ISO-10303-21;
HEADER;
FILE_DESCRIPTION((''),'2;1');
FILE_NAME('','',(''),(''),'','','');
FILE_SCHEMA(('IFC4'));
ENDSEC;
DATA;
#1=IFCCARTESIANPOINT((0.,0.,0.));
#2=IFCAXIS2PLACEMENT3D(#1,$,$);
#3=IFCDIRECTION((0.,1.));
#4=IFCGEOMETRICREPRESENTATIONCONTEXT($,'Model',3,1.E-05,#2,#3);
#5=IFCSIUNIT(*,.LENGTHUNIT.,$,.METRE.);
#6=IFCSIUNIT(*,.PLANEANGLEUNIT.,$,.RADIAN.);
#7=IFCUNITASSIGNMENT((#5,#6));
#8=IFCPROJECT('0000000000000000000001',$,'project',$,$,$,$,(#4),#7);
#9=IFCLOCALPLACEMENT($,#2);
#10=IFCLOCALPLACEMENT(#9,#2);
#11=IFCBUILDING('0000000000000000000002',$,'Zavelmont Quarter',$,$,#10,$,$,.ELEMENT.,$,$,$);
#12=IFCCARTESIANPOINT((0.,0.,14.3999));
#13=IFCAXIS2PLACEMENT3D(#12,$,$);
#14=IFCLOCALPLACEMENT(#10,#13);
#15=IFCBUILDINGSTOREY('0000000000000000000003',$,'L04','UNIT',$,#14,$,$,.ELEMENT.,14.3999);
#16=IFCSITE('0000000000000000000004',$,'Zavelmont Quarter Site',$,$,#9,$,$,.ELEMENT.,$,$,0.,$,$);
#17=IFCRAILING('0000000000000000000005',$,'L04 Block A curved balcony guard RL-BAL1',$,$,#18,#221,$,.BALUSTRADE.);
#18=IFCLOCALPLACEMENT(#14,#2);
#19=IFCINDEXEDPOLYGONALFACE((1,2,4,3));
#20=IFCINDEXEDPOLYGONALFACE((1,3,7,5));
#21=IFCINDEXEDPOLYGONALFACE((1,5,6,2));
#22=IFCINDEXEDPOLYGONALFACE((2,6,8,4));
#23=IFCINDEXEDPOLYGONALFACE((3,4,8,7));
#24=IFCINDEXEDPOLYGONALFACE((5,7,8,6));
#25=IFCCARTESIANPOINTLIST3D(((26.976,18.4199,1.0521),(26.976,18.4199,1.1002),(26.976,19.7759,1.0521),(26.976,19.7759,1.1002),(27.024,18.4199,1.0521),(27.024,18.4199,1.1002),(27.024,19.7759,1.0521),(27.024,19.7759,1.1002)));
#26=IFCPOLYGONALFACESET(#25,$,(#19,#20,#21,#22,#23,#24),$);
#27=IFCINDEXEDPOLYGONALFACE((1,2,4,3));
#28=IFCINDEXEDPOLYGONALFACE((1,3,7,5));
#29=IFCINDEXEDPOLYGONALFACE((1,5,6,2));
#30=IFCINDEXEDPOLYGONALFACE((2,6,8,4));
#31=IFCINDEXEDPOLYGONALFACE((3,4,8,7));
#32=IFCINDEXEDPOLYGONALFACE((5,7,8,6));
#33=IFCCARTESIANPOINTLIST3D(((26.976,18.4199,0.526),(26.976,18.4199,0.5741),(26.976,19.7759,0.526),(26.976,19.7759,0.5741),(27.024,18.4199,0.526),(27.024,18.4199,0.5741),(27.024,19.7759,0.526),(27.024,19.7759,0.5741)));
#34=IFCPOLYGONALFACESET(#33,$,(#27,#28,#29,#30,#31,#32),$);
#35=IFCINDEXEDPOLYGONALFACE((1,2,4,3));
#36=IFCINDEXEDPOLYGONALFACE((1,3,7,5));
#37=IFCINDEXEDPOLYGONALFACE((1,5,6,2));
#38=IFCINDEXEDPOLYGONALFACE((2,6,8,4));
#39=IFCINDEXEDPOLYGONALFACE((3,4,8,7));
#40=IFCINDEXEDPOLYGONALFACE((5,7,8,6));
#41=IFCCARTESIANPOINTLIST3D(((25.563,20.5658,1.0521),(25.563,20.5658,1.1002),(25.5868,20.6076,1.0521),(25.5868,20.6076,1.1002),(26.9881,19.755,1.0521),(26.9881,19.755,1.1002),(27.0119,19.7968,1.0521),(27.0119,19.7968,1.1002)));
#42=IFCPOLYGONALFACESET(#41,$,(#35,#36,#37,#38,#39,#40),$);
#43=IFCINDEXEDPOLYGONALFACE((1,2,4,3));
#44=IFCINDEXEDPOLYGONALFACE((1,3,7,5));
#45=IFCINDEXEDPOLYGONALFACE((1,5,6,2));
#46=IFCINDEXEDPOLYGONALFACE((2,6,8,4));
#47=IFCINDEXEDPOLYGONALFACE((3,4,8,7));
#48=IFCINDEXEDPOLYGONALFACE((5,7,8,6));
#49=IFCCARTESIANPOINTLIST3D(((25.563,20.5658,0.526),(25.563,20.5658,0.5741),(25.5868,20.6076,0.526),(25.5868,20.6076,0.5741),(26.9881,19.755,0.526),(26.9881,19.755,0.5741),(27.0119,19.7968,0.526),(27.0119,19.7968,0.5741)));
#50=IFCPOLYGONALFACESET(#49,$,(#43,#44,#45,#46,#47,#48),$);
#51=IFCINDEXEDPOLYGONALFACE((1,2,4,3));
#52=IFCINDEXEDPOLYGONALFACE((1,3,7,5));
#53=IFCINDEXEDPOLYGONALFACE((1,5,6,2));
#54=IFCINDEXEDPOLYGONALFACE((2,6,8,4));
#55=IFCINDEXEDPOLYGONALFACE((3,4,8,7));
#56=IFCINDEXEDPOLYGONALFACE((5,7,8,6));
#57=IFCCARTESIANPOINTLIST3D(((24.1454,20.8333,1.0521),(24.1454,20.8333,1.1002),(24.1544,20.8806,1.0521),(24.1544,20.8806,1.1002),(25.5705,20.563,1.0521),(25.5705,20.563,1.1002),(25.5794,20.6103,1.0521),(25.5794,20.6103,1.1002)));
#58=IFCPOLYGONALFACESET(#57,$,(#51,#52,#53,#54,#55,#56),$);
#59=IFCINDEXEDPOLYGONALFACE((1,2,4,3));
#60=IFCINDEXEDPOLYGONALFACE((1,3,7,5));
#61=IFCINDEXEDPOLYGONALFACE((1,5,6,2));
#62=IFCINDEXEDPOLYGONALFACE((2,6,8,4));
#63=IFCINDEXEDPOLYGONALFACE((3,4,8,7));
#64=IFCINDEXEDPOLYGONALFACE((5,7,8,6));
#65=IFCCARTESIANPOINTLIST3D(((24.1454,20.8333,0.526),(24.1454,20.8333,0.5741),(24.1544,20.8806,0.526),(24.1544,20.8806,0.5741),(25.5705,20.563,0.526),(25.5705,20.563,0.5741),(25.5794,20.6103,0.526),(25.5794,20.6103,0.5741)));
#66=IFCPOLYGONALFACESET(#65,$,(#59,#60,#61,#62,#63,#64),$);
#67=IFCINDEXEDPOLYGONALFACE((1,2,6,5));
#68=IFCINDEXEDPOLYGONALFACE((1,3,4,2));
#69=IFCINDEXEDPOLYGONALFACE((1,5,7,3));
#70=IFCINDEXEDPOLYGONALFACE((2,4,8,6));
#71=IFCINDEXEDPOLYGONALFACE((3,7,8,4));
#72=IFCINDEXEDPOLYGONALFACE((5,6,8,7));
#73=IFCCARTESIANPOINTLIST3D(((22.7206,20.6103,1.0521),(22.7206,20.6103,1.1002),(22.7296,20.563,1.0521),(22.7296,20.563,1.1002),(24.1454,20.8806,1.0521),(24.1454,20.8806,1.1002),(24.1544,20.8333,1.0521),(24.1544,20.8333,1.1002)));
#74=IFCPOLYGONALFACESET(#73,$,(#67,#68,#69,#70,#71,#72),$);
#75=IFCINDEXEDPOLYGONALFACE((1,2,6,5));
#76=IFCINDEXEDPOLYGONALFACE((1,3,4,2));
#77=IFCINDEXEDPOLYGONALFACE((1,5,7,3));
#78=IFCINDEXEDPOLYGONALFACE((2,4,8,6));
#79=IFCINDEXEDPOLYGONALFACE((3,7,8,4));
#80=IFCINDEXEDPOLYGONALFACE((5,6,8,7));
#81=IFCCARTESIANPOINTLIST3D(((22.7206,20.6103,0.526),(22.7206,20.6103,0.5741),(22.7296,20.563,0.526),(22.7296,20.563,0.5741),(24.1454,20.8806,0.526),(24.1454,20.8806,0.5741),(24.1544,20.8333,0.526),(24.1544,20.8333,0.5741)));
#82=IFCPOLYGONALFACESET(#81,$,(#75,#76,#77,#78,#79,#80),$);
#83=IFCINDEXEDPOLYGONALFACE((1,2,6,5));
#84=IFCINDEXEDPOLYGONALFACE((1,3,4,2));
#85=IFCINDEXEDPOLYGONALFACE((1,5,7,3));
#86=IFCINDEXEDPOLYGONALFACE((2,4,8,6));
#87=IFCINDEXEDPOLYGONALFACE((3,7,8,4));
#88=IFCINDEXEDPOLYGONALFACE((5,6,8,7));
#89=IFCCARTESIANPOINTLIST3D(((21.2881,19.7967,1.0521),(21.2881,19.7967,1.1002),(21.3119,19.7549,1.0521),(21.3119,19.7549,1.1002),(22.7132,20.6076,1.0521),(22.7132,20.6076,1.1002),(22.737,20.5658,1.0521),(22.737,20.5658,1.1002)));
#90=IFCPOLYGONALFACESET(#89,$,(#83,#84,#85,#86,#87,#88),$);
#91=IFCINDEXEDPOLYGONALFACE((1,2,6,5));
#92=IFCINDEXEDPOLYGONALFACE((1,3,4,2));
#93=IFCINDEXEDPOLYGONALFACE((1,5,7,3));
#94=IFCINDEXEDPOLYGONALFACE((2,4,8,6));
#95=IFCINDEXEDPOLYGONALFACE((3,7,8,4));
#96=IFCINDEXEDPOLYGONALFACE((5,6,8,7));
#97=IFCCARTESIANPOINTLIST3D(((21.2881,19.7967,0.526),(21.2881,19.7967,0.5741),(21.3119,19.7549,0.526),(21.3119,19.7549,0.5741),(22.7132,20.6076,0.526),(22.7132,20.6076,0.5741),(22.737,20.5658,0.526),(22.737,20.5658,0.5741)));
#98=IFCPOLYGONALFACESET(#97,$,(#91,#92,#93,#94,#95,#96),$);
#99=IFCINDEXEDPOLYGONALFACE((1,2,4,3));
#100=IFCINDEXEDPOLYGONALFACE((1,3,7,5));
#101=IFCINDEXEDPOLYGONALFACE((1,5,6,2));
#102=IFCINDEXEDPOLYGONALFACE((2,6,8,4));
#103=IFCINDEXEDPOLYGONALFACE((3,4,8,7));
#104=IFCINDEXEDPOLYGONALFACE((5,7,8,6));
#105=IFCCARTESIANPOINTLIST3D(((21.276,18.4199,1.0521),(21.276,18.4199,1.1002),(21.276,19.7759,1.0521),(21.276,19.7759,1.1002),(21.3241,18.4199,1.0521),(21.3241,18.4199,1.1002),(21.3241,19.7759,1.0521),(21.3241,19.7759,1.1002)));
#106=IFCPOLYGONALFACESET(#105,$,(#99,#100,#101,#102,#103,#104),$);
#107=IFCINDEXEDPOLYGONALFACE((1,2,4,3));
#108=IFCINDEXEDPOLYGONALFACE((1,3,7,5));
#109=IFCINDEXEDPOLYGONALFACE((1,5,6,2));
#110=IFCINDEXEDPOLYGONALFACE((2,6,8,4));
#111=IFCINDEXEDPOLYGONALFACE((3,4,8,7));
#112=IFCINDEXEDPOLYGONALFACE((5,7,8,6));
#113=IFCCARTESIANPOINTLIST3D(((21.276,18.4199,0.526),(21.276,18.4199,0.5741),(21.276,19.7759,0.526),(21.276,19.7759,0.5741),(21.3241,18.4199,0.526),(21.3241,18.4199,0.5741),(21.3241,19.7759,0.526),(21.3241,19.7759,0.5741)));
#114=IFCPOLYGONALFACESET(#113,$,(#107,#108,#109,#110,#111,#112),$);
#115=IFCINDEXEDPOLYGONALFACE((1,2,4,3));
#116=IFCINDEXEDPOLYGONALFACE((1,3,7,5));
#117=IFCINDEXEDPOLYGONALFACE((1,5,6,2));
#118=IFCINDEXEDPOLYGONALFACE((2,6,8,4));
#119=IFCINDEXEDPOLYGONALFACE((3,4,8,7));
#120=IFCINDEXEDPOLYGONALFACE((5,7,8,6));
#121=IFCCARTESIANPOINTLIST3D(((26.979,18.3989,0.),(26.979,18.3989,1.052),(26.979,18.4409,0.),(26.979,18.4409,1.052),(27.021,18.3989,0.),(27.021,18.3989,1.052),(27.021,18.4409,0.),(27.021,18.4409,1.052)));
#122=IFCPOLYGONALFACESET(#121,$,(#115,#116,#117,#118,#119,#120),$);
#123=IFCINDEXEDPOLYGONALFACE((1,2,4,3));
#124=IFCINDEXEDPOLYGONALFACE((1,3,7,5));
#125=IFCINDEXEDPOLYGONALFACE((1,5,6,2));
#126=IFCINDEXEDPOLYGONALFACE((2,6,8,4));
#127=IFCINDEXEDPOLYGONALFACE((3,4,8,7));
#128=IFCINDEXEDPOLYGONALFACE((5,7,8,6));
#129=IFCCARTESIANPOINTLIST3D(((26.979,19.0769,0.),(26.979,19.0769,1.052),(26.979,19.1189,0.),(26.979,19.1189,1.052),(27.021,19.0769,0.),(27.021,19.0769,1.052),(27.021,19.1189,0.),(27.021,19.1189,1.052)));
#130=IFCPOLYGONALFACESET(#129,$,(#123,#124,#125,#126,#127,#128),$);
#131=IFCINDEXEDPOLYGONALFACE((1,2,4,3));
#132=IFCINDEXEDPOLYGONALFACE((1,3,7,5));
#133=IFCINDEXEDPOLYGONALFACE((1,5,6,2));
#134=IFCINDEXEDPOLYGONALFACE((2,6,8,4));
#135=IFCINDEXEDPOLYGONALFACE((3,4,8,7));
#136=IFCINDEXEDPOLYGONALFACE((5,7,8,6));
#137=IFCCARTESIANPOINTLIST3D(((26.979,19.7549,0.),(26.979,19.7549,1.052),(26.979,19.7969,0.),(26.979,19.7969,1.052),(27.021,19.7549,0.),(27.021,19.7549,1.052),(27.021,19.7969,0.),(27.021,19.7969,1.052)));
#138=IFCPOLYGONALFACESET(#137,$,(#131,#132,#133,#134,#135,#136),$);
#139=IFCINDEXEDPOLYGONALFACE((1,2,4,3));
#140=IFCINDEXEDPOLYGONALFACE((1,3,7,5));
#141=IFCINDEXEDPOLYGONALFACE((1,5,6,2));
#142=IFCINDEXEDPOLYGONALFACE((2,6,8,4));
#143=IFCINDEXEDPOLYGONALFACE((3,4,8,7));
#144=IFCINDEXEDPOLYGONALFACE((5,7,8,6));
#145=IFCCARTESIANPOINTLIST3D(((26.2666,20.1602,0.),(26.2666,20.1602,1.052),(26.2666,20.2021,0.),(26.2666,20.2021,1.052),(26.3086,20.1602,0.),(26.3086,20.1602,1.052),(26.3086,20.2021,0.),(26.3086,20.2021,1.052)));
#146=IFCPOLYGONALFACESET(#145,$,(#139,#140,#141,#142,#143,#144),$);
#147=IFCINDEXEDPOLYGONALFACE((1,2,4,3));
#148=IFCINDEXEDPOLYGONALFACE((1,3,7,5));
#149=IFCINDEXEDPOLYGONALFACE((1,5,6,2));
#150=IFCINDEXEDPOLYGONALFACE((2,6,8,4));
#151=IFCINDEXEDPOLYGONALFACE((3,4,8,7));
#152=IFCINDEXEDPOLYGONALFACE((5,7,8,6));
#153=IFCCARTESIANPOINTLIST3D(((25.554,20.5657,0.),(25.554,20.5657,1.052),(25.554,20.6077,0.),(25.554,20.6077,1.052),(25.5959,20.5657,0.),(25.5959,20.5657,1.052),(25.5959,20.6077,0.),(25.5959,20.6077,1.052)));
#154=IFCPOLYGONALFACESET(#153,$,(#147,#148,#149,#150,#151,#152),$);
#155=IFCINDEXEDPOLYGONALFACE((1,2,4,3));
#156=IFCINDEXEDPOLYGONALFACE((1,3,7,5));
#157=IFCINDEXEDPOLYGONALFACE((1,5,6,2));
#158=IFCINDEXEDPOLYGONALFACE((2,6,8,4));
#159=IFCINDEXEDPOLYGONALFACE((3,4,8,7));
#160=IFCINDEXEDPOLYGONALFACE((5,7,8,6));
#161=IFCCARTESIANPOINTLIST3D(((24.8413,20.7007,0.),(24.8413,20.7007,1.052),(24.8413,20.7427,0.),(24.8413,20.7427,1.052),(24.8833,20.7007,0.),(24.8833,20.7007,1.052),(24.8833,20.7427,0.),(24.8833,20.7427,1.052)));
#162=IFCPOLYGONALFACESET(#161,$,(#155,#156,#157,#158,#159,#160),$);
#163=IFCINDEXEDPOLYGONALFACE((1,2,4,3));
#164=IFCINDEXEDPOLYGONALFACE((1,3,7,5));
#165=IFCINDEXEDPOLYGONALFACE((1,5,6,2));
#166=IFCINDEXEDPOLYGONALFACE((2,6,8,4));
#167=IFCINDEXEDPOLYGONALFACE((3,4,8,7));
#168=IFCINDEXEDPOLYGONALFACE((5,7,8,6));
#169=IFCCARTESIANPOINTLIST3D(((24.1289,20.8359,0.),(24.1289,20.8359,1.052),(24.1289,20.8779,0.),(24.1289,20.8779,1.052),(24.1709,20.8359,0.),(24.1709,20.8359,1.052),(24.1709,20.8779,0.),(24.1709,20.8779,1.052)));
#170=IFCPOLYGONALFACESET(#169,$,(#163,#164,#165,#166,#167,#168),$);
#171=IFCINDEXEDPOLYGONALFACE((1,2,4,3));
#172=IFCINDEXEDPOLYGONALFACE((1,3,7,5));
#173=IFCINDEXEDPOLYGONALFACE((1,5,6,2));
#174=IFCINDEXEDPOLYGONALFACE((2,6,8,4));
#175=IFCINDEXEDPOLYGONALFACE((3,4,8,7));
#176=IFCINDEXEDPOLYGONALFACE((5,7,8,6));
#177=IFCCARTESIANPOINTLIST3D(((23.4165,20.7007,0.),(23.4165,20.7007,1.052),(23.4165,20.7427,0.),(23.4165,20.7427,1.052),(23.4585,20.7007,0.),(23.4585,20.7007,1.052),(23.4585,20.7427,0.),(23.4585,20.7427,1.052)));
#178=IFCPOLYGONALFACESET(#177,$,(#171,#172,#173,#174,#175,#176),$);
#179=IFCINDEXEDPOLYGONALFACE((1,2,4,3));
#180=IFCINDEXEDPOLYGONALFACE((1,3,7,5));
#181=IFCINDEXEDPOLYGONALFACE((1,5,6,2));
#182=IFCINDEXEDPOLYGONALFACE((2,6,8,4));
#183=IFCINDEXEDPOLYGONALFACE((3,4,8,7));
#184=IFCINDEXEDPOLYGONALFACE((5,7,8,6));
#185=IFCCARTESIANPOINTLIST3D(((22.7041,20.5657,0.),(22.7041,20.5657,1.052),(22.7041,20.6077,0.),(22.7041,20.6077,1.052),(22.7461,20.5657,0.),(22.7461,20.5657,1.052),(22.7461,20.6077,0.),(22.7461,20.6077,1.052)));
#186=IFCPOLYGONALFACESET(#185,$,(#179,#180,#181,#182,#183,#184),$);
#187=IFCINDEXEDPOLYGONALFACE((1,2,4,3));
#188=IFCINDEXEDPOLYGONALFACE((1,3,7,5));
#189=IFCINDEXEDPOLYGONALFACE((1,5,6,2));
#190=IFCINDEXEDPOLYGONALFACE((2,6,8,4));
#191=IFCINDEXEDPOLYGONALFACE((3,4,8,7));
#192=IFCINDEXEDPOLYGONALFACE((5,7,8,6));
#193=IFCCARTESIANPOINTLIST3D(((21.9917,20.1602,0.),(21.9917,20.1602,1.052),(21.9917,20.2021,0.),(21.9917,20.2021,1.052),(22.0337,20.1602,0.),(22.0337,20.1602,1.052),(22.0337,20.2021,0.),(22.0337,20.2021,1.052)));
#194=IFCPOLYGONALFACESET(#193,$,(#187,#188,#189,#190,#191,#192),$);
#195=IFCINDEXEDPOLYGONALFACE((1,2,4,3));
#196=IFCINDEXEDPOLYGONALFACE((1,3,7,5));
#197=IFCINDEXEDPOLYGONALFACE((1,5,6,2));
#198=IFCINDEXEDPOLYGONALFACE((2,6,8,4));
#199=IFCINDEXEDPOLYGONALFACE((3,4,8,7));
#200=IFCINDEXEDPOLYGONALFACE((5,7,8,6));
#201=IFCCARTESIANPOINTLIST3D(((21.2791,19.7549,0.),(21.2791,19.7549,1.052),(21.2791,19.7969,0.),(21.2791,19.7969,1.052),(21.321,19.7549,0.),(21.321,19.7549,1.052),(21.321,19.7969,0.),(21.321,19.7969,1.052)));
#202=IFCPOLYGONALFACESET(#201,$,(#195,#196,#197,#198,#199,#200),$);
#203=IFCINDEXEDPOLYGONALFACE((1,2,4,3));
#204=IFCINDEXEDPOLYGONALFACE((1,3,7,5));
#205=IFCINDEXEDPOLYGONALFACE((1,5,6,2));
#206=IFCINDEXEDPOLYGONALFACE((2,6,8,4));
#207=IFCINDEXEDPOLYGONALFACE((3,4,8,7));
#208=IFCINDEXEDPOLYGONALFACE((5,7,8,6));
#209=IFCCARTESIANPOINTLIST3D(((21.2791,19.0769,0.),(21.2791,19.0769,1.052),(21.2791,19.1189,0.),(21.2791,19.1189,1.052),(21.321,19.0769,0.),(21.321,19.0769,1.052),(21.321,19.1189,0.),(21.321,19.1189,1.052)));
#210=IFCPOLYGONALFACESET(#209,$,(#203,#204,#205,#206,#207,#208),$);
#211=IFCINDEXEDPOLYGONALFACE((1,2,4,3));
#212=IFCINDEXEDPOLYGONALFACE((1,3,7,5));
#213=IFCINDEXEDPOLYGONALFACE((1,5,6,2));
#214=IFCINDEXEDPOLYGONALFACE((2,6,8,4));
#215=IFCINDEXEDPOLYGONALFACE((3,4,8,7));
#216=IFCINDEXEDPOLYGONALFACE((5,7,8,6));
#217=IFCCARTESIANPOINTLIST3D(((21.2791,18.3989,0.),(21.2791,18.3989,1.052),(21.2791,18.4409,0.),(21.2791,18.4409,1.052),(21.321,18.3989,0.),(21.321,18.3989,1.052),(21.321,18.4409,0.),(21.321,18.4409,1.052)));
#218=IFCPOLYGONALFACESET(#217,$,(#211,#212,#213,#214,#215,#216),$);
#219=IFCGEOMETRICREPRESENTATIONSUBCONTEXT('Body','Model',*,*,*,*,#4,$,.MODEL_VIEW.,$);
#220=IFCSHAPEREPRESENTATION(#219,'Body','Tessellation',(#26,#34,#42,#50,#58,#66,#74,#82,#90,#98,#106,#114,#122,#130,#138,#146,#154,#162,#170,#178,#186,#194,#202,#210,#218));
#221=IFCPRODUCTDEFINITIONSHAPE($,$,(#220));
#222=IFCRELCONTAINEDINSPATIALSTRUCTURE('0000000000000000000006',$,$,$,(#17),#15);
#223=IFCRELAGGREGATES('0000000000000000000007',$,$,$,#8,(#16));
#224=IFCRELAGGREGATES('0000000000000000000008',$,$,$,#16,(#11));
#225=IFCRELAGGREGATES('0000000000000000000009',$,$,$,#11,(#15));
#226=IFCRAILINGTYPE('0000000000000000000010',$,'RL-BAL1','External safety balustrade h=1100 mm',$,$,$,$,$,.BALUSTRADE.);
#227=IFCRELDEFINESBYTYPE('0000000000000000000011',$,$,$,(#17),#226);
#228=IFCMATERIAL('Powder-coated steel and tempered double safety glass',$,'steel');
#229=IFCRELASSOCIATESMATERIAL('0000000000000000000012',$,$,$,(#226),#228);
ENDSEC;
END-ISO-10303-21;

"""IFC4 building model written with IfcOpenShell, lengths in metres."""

from ifc_helpers import new_model, si_unit, direction, frame, origin, origin_2d, place, context, subcontext, project, spatial, rectangle, extrude, material, type_object, element, save


model = new_model("IFC4")

# Units and contexts
model_context = context("Model", 3, precision=1e-05, world=origin(), true_north=direction((0.0, 1.0)))
body_context = subcontext(model_context, "Body", "Model", "MODEL_VIEW")
ifc_project = project(units=[si_unit("LENGTHUNIT", "METRE"), si_unit("PLANEANGLEUNIT", "RADIAN")], contexts=[model_context])

# Site, building, storey
site_placement = place(None, origin())
site = spatial("IfcSite", under=ifc_project, at=site_placement, Name="Zavelmont Quarter Site", CompositionType="ELEMENT", RefElevation=0.0)
building_placement = place(site_placement, origin())
building = spatial("IfcBuilding", under=site, at=building_placement, Name="Zavelmont Quarter", CompositionType="ELEMENT")
storey_placement = place(building_placement, frame((0.0, 0.0, 14.3999)))
storey = spatial("IfcBuildingStorey", under=building, at=storey_placement, Name="L04", Description="UNIT", CompositionType="ELEMENT", Elevation=14.3999)

# Railing
ifc_material_1 = material(Name="Powder-coated steel and tempered double safety glass", Category="steel")
railing_type = type_object("IfcRailingType", Name="RL-BAL1", Description="External safety balustrade h=1100 mm", PredefinedType="BALUSTRADE", material=ifc_material_1)
railing_placement = place(storey_placement, frame((27.0, 18.4199, 0.0)))
element("IfcRailing", 1, at=railing_placement, inside=storey, type_object=railing_type, Name="L04 Block A curved balcony guard RL-BAL1", PredefinedType="BALUSTRADE", context=body_context, shape_type="SweptSolid", body=[
    extrude(rectangle(XDim=0.0481, YDim=0.0481, at=origin_2d()), frame((0.0, 0.0, 1.0762), z_axis=(0.0, 1.0, 0.0), x_axis=(-1.0, 0.0, 0.0)), (0.0, 0.0, 1.0), 1.356),
    extrude(rectangle(XDim=0.0481, YDim=0.0481, at=origin_2d()), frame((0.0, 0.0, 0.55), z_axis=(0.0, 1.0, 0.0), x_axis=(-1.0, 0.0, 0.0)), (0.0, 0.0, 1.0), 1.356),
    extrude(rectangle(XDim=0.0481, YDim=0.0481, at=origin_2d()), frame((0.0, 1.356, 1.0762), z_axis=(-0.869167, 0.494518, 0.0), x_axis=(-0.494518, -0.869167, 0.0)), (0.0, 0.0, 1.0), 1.6396),
    extrude(rectangle(XDim=0.0481, YDim=0.0481, at=origin_2d()), frame((0.0, 1.356, 0.55), z_axis=(-0.869167, 0.494518, 0.0), x_axis=(-0.494518, -0.869167, 0.0)), (0.0, 0.0, 1.0), 1.6396),
    extrude(rectangle(XDim=0.0481, YDim=0.0481, at=origin_2d()), frame((-1.425, 2.1667, 1.0762), z_axis=(-0.982487, 0.186331, 0.0), x_axis=(-0.186331, -0.982487, 0.0)), (0.0, 0.0, 1.0), 1.4504),
    extrude(rectangle(XDim=0.0481, YDim=0.0481, at=origin_2d()), frame((-1.425, 2.1667, 0.55), z_axis=(-0.982487, 0.186331, 0.0), x_axis=(-0.186331, -0.982487, 0.0)), (0.0, 0.0, 1.0), 1.4504),
    extrude(rectangle(XDim=0.0481, YDim=0.0481, at=origin_2d()), frame((-2.8501, 2.437, 1.0762), z_axis=(-0.982481, -0.186362, 0.0), x_axis=(0.186362, -0.982481, 0.0)), (0.0, 0.0, 1.0), 1.4502),
    extrude(rectangle(XDim=0.0481, YDim=0.0481, at=origin_2d()), frame((-2.8501, 2.437, 0.55), z_axis=(-0.982481, -0.186362, 0.0), x_axis=(0.186362, -0.982481, 0.0)), (0.0, 0.0, 1.0), 1.4502),
    extrude(rectangle(XDim=0.0481, YDim=0.0481, at=origin_2d()), frame((-4.2749, 2.1667, 1.0762), z_axis=(-0.869167, -0.494518, 0.0), x_axis=(0.494518, -0.869167, 0.0)), (0.0, 0.0, 1.0), 1.6396),
    extrude(rectangle(XDim=0.0481, YDim=0.0481, at=origin_2d()), frame((-4.2749, 2.1667, 0.55), z_axis=(-0.869167, -0.494518, 0.0), x_axis=(0.494518, -0.869167, 0.0)), (0.0, 0.0, 1.0), 1.6396),
    extrude(rectangle(XDim=0.0481, YDim=0.0481, at=origin_2d()), frame((-5.7, 1.356, 1.0762), z_axis=(0.0, -1.0, 0.0), x_axis=(1.0, 0.0, 0.0)), (0.0, 0.0, 1.0), 1.356),
    extrude(rectangle(XDim=0.0481, YDim=0.0481, at=origin_2d()), frame((-5.7, 1.356, 0.55), z_axis=(0.0, -1.0, 0.0), x_axis=(1.0, 0.0, 0.0)), (0.0, 0.0, 1.0), 1.356),
    extrude(rectangle(XDim=0.042, YDim=0.042, at=origin_2d()), origin(), (0.0, 0.0, 1.0), 1.052),
    extrude(rectangle(XDim=0.042, YDim=0.042, at=origin_2d()), frame((0.0, 0.678, 0.0)), (0.0, 0.0, 1.0), 1.052),
    extrude(rectangle(XDim=0.042, YDim=0.042, at=origin_2d()), frame((0.0, 1.356, 0.0)), (0.0, 0.0, 1.0), 1.052),
    extrude(rectangle(XDim=0.042, YDim=0.042, at=origin_2d()), frame((-0.7124, 1.7612, 0.0)), (0.0, 0.0, 1.0), 1.052),
    extrude(rectangle(XDim=0.042, YDim=0.042, at=origin_2d()), frame((-1.425, 2.1667, 0.0)), (0.0, 0.0, 1.0), 1.052),
    extrude(rectangle(XDim=0.042, YDim=0.042, at=origin_2d()), frame((-2.1377, 2.3018, 0.0)), (0.0, 0.0, 1.0), 1.052),
    extrude(rectangle(XDim=0.042, YDim=0.042, at=origin_2d()), frame((-2.8501, 2.437, 0.0)), (0.0, 0.0, 1.0), 1.052),
    extrude(rectangle(XDim=0.042, YDim=0.042, at=origin_2d()), frame((-3.5625, 2.3018, 0.0)), (0.0, 0.0, 1.0), 1.052),
    extrude(rectangle(XDim=0.042, YDim=0.042, at=origin_2d()), frame((-4.2749, 2.1667, 0.0)), (0.0, 0.0, 1.0), 1.052),
    extrude(rectangle(XDim=0.042, YDim=0.042, at=origin_2d()), frame((-4.9873, 1.7612, 0.0)), (0.0, 0.0, 1.0), 1.052),
    extrude(rectangle(XDim=0.042, YDim=0.042, at=origin_2d()), frame((-5.7, 1.356, 0.0)), (0.0, 0.0, 1.0), 1.052),
    extrude(rectangle(XDim=0.042, YDim=0.042, at=origin_2d()), frame((-5.7, 0.678, 0.0)), (0.0, 0.0, 1.0), 1.052),
    extrude(rectangle(XDim=0.042, YDim=0.042, at=origin_2d()), frame((-5.7, 0.0, 0.0)), (0.0, 0.0, 1.0), 1.052),
])

save(model, "model.ifc")
